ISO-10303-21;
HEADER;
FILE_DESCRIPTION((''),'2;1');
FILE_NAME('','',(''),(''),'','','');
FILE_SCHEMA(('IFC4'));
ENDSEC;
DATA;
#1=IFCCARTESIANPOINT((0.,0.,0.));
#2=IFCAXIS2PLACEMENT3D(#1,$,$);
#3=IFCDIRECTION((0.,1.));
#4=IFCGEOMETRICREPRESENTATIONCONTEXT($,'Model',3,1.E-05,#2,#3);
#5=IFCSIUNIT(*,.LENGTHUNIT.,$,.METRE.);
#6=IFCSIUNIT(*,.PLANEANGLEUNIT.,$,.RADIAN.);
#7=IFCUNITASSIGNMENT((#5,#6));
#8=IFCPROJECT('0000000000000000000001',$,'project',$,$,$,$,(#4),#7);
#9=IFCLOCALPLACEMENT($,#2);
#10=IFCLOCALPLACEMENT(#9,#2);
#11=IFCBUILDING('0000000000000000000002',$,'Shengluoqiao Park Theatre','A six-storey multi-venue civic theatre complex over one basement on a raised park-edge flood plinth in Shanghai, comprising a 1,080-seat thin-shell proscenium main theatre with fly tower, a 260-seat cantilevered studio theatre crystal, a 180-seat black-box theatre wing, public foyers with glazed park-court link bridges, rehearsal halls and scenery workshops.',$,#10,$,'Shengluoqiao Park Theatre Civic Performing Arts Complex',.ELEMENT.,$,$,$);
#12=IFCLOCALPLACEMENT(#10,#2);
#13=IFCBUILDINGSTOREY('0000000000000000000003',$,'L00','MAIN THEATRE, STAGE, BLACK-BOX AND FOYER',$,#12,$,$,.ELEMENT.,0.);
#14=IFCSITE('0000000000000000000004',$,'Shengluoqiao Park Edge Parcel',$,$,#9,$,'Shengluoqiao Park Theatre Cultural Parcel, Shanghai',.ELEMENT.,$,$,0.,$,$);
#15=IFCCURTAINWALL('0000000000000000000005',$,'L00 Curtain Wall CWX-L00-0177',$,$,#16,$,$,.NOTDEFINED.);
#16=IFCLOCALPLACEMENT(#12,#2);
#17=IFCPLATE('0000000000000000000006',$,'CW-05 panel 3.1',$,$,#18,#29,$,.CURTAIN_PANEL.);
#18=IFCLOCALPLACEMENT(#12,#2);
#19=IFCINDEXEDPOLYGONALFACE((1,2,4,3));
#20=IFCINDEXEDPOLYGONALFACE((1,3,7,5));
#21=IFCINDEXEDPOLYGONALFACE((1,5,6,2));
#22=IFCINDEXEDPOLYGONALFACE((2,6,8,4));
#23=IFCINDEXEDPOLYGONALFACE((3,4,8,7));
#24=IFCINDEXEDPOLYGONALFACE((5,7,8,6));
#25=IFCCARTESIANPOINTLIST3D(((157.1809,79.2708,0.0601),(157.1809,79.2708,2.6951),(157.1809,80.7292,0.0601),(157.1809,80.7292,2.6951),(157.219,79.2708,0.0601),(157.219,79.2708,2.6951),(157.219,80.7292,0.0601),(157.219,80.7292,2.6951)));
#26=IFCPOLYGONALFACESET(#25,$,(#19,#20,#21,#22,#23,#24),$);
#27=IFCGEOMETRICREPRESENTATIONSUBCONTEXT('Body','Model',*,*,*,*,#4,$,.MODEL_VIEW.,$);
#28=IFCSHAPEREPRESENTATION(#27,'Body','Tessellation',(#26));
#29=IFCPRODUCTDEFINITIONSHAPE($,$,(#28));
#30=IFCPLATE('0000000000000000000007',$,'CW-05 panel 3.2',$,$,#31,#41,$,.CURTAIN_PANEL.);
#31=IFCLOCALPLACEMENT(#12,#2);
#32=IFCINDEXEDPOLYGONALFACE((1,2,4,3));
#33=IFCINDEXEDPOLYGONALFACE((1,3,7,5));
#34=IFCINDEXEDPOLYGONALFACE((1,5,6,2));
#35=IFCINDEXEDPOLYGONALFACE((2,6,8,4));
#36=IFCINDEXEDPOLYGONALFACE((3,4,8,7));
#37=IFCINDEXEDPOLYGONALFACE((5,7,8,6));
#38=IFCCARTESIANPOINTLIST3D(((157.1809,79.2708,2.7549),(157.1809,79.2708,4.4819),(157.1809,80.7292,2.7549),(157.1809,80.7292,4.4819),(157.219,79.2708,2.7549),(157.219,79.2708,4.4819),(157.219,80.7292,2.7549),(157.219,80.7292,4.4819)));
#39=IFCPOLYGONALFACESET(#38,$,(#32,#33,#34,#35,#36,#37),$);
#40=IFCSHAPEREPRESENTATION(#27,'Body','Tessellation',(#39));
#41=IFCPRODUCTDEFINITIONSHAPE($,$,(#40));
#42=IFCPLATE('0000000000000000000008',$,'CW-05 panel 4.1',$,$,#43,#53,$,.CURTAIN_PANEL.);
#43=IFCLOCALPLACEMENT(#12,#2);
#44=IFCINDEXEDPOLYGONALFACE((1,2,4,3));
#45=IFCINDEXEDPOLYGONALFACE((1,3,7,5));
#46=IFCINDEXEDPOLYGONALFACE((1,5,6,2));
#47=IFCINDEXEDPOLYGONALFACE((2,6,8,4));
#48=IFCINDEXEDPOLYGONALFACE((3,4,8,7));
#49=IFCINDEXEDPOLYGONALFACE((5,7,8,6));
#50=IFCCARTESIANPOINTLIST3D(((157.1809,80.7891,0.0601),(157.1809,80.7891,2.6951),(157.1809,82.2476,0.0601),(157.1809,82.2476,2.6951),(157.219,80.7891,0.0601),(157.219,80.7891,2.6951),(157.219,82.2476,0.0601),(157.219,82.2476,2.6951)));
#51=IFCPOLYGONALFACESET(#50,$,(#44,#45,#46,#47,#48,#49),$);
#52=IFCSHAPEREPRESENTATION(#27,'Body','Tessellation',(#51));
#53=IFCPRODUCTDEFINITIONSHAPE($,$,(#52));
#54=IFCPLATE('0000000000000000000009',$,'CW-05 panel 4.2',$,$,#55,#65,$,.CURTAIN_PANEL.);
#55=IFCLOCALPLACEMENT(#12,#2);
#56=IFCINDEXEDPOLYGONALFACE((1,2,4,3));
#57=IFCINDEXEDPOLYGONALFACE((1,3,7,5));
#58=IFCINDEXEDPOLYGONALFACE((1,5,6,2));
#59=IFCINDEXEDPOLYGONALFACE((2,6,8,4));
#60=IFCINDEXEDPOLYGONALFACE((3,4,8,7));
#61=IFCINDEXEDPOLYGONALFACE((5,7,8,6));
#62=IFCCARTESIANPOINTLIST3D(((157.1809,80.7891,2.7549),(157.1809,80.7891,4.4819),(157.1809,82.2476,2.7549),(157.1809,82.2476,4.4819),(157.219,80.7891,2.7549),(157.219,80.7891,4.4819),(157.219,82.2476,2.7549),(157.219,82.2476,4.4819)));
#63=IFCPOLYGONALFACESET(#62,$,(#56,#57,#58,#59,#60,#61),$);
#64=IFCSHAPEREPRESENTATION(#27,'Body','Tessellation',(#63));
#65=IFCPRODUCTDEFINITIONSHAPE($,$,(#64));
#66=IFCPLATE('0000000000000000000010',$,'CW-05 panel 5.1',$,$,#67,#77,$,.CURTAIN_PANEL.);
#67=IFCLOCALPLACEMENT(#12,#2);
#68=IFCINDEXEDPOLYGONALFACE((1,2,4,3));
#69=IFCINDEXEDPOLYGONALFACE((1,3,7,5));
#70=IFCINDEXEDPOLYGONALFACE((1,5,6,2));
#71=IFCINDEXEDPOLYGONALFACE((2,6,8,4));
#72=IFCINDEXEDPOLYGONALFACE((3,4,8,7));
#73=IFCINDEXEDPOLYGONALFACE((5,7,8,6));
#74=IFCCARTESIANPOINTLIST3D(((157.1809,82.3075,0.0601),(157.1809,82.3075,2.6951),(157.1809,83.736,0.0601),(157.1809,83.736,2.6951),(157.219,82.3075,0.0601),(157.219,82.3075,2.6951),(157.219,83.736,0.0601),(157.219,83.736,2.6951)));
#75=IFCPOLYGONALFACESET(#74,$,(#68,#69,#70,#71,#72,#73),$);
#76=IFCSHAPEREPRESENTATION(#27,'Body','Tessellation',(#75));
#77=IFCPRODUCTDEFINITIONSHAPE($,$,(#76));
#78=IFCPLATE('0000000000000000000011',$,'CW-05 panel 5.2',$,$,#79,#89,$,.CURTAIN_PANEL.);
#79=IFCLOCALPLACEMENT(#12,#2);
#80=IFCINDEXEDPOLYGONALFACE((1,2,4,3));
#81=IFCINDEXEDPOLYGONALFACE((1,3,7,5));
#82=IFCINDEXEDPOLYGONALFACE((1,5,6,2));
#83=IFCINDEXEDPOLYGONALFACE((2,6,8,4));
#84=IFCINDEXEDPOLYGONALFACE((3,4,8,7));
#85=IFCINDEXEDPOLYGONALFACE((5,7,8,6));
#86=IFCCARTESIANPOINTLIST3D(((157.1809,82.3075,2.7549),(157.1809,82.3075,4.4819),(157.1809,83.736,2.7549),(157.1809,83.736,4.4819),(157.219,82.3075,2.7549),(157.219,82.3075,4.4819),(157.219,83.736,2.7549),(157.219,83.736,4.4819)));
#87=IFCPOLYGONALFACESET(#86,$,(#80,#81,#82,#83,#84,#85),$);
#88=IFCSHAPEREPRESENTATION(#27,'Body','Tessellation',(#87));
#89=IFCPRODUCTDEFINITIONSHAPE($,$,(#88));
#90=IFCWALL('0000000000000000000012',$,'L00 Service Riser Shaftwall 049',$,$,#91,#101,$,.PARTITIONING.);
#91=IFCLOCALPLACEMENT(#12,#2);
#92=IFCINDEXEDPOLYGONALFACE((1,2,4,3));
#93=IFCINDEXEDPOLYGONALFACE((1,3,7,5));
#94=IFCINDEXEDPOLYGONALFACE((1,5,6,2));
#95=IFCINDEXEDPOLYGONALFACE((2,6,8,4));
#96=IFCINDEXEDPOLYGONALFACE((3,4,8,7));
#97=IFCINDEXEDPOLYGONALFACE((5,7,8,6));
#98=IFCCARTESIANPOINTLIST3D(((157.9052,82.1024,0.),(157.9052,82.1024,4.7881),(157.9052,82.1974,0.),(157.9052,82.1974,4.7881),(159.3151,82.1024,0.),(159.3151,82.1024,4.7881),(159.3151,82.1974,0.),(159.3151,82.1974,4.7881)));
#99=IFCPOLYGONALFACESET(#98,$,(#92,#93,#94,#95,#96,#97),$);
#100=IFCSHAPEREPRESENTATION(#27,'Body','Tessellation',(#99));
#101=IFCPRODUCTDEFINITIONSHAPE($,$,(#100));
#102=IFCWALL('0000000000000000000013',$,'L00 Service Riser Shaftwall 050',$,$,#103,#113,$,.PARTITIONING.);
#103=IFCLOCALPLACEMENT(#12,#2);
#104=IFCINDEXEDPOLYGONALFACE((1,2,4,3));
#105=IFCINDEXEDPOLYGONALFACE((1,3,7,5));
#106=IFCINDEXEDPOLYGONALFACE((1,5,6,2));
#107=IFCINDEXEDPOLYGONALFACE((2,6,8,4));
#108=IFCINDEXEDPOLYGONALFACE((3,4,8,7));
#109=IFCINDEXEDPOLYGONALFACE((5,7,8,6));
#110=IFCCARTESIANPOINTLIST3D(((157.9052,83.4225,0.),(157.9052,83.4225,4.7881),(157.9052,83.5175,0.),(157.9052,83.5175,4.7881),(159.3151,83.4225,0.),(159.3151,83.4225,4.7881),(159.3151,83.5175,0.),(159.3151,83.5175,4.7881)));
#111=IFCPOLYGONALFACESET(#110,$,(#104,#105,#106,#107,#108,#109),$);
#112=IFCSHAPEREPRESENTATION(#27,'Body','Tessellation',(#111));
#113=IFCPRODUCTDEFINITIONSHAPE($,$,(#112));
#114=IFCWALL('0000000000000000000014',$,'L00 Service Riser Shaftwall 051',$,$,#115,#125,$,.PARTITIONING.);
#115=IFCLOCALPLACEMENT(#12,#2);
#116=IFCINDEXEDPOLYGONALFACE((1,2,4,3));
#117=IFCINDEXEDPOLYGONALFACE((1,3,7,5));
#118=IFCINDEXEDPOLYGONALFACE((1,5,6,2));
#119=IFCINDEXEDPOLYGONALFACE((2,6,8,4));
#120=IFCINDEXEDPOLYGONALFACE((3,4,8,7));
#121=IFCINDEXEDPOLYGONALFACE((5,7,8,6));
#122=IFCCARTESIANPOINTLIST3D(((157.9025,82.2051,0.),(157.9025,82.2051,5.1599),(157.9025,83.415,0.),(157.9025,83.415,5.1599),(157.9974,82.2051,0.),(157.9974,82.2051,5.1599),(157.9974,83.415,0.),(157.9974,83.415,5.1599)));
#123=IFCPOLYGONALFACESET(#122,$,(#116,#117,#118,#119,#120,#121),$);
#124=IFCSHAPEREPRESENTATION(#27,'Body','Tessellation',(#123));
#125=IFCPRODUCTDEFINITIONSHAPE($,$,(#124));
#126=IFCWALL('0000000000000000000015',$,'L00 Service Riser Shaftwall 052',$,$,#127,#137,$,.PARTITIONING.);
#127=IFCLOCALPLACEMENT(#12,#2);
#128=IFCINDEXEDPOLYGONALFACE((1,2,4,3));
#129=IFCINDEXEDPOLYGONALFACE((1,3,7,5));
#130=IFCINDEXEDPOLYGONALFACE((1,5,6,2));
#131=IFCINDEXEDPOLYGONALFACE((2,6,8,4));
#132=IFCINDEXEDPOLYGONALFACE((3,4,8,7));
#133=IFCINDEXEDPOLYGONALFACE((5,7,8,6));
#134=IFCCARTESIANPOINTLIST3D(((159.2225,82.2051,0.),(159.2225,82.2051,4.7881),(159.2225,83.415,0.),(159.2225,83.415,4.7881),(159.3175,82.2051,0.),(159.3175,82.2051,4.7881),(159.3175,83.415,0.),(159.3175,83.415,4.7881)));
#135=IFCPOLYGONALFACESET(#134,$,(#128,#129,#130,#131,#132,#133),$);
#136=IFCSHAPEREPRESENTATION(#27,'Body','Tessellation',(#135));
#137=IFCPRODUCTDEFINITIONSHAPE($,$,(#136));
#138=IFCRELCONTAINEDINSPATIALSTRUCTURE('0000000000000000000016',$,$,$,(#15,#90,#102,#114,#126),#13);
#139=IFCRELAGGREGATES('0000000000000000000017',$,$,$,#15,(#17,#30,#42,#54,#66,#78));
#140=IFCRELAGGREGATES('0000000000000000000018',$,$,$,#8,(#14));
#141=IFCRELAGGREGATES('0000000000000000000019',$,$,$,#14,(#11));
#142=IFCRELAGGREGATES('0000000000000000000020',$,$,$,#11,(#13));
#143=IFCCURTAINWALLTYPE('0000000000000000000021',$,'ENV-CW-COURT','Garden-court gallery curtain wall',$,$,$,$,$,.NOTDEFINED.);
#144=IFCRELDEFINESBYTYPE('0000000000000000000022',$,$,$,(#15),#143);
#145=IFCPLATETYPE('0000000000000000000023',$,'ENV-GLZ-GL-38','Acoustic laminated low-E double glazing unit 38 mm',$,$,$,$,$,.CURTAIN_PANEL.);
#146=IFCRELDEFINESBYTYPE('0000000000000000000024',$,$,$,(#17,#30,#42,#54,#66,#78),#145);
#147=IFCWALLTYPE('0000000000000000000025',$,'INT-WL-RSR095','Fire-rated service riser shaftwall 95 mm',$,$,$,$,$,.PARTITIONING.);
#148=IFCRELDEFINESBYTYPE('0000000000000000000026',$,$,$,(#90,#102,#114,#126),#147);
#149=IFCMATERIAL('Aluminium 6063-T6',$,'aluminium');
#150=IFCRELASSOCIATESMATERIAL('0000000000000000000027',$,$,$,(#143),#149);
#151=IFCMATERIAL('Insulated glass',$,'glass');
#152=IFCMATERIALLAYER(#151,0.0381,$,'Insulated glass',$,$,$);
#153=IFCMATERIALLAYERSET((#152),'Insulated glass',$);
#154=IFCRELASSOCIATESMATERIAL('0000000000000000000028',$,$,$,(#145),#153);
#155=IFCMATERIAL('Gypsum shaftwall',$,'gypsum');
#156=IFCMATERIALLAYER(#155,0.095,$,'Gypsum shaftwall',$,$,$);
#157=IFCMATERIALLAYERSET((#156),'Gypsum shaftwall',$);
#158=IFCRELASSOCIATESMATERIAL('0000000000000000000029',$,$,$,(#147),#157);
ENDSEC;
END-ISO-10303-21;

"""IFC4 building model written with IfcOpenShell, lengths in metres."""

from ifc_helpers import new_model, si_unit, direction, frame, frame_2d, origin, origin_2d, place, context, subcontext, project, spatial, rectangle, extrude, material, layer, layer_set, type_object, element, aggregate, save


model = new_model("IFC4")

# Units and contexts
model_context = context("Model", 3, precision=1e-05, world=origin(), true_north=direction((0.0, 1.0)))
body_context = subcontext(model_context, "Body", "Model", "MODEL_VIEW")
ifc_project = project(units=[si_unit("LENGTHUNIT", "METRE"), si_unit("PLANEANGLEUNIT", "RADIAN")], contexts=[model_context])

# Site, building, storey
site_placement = place(None, origin())
site = spatial("IfcSite", under=ifc_project, at=site_placement, Name="Shengluoqiao Park Edge Parcel", LongName="Shengluoqiao Park Theatre Cultural Parcel, Shanghai", CompositionType="ELEMENT", RefElevation=0.0)
building_placement = place(site_placement, origin())
building = spatial("IfcBuilding", under=site, at=building_placement, Name="Shengluoqiao Park Theatre", Description="A six-storey multi-venue civic theatre complex over one basement on a raised park-edge flood plinth in Shanghai, comprising a 1,080-seat thin-shell proscenium main theatre with fly tower, a 260-seat cantilevered studio theatre crystal, a 180-seat black-box theatre wing, public foyers with glazed park-court link bridges, rehearsal halls and scenery workshops.", LongName="Shengluoqiao Park Theatre Civic Performing Arts Complex", CompositionType="ELEMENT")
storey_placement = place(building_placement, origin())
storey = spatial("IfcBuildingStorey", under=building, at=storey_placement, Name="L00", Description="MAIN THEATRE, STAGE, BLACK-BOX AND FOYER", CompositionType="ELEMENT", Elevation=0.0)

# Curtain wall, plates
ifc_material_1 = material(Name="Aluminium 6063-T6", Category="aluminium")
curtain_wall_type = type_object("IfcCurtainWallType", Name="ENV-CW-COURT", Description="Garden-court gallery curtain wall", PredefinedType="NOTDEFINED", material=ifc_material_1)
curtain_wall_placement = place(storey_placement, origin())
curtain_wall = element("IfcCurtainWall", 1, at=curtain_wall_placement, inside=storey, type_object=curtain_wall_type, Name="L00 Curtain Wall CWX-L00-0177", PredefinedType="NOTDEFINED")
ifc_material_2 = material(Name="Insulated glass", Category="glass")
ifc_layer_1 = layer(ifc_material_2, 0.0381, Name="Insulated glass")
ifc_layer_set_1 = layer_set([ifc_layer_1], Name="Insulated glass")
plate_type = type_object("IfcPlateType", Name="ENV-GLZ-GL-38", Description="Acoustic laminated low-E double glazing unit 38 mm", PredefinedType="CURTAIN_PANEL", material=ifc_layer_set_1)
plate_1_placement = place(storey_placement, frame((157.2, 80.0, 0.0601), z_axis=(0.0, 0.0, 1.0), x_axis=(0.0, 1.0, 0.0)))
plate_1 = element("IfcPlate", 2, at=plate_1_placement, type_object=plate_type, Name="CW-05 panel 3.1", PredefinedType="CURTAIN_PANEL", context=body_context, shape_type="SweptSolid", body=[
    extrude(rectangle(XDim=1.4585, YDim=0.0381, at=origin_2d()), origin(), (0.0, 0.0, 1.0), 2.635),
])
plate_2_placement = place(storey_placement, frame((157.2, 80.0, 2.7549), z_axis=(0.0, 0.0, 1.0), x_axis=(0.0, 1.0, 0.0)))
plate_2 = element("IfcPlate", 3, at=plate_2_placement, type_object=plate_type, Name="CW-05 panel 3.2", PredefinedType="CURTAIN_PANEL", context=body_context, shape_type="SweptSolid", body=[
    extrude(rectangle(XDim=1.4585, YDim=0.0381, at=origin_2d()), origin(), (0.0, 0.0, 1.0), 1.7271),
])
plate_3_placement = place(storey_placement, frame((157.2, 81.5183, 0.0601), z_axis=(0.0, 0.0, 1.0), x_axis=(0.0, 1.0, 0.0)))
plate_3 = element("IfcPlate", 4, at=plate_3_placement, type_object=plate_type, Name="CW-05 panel 4.1", PredefinedType="CURTAIN_PANEL", context=body_context, shape_type="SweptSolid", body=[
    extrude(rectangle(XDim=1.4585, YDim=0.0381, at=origin_2d()), origin(), (0.0, 0.0, 1.0), 2.635),
])
plate_4_placement = place(storey_placement, frame((157.2, 81.5183, 2.7549), z_axis=(0.0, 0.0, 1.0), x_axis=(0.0, 1.0, 0.0)))
plate_4 = element("IfcPlate", 5, at=plate_4_placement, type_object=plate_type, Name="CW-05 panel 4.2", PredefinedType="CURTAIN_PANEL", context=body_context, shape_type="SweptSolid", body=[
    extrude(rectangle(XDim=1.4585, YDim=0.0381, at=origin_2d()), origin(), (0.0, 0.0, 1.0), 1.7271),
])
plate_5_placement = place(storey_placement, frame((157.2, 83.0217, 0.0601), z_axis=(0.0, 0.0, 1.0), x_axis=(0.0, 1.0, 0.0)))
plate_5 = element("IfcPlate", 6, at=plate_5_placement, type_object=plate_type, Name="CW-05 panel 5.1", PredefinedType="CURTAIN_PANEL", context=body_context, shape_type="SweptSolid", body=[
    extrude(rectangle(XDim=1.4285, YDim=0.0381, at=origin_2d()), origin(), (0.0, 0.0, 1.0), 2.635),
])
plate_6_placement = place(storey_placement, frame((157.2, 83.0217, 2.7549), z_axis=(0.0, 0.0, 1.0), x_axis=(0.0, 1.0, 0.0)))
plate_6 = element("IfcPlate", 7, at=plate_6_placement, type_object=plate_type, Name="CW-05 panel 5.2", PredefinedType="CURTAIN_PANEL", context=body_context, shape_type="SweptSolid", body=[
    extrude(rectangle(XDim=1.4285, YDim=0.0381, at=origin_2d()), origin(), (0.0, 0.0, 1.0), 1.7271),
])
aggregate(curtain_wall, [plate_1, plate_2, plate_3, plate_4, plate_5, plate_6])

# Walls
ifc_material_3 = material(Name="Gypsum shaftwall", Category="gypsum")
ifc_layer_2 = layer(ifc_material_3, 0.095, Name="Gypsum shaftwall")
ifc_layer_set_2 = layer_set([ifc_layer_2], Name="Gypsum shaftwall")
wall_type = type_object("IfcWallType", Name="INT-WL-RSR095", Description="Fire-rated service riser shaftwall 95 mm", PredefinedType="PARTITIONING", material=ifc_layer_set_2)
for number, where, z_axis, x_axis, name in (
    (8, (157.905, 82.1499, 0.0), (0.0, 0.0, 1.0), (1.0, 0.0, 0.0), "L00 Service Riser Shaftwall 049"),
    (9, (157.905, 83.47, 0.0), (0.0, 0.0, 1.0), (1.0, 0.0, 0.0), "L00 Service Riser Shaftwall 050"),
):
    element("IfcWall", number, at=place(storey_placement, frame(where, z_axis=z_axis, x_axis=x_axis)), inside=storey, type_object=wall_type, Name=name, PredefinedType="PARTITIONING", context=body_context, shape_type="SweptSolid", body=[
        extrude(rectangle(XDim=1.4099, YDim=0.095, at=frame_2d((0.7051, 0.0))), origin(), (0.0, 0.0, 1.0), 4.7881),
    ])
wall_1_placement = place(storey_placement, frame((157.95, 82.2051, 0.0), z_axis=(0.0, 0.0, 1.0), x_axis=(0.0, 1.0, 0.0)))
element("IfcWall", 10, at=wall_1_placement, inside=storey, type_object=wall_type, Name="L00 Service Riser Shaftwall 051", PredefinedType="PARTITIONING", context=body_context, shape_type="SweptSolid", body=[
    extrude(rectangle(XDim=1.21, YDim=0.095, at=frame_2d((0.605, 0.0))), origin(), (0.0, 0.0, 1.0), 5.1599),
])
wall_2_placement = place(storey_placement, frame((159.27, 82.2051, 0.0), z_axis=(0.0, 0.0, 1.0), x_axis=(0.0, 1.0, 0.0)))
element("IfcWall", 11, at=wall_2_placement, inside=storey, type_object=wall_type, Name="L00 Service Riser Shaftwall 052", PredefinedType="PARTITIONING", context=body_context, shape_type="SweptSolid", body=[
    extrude(rectangle(XDim=1.21, YDim=0.095, at=frame_2d((0.605, 0.0))), origin(), (0.0, 0.0, 1.0), 4.7881),
])

save(model, "model.ifc")
